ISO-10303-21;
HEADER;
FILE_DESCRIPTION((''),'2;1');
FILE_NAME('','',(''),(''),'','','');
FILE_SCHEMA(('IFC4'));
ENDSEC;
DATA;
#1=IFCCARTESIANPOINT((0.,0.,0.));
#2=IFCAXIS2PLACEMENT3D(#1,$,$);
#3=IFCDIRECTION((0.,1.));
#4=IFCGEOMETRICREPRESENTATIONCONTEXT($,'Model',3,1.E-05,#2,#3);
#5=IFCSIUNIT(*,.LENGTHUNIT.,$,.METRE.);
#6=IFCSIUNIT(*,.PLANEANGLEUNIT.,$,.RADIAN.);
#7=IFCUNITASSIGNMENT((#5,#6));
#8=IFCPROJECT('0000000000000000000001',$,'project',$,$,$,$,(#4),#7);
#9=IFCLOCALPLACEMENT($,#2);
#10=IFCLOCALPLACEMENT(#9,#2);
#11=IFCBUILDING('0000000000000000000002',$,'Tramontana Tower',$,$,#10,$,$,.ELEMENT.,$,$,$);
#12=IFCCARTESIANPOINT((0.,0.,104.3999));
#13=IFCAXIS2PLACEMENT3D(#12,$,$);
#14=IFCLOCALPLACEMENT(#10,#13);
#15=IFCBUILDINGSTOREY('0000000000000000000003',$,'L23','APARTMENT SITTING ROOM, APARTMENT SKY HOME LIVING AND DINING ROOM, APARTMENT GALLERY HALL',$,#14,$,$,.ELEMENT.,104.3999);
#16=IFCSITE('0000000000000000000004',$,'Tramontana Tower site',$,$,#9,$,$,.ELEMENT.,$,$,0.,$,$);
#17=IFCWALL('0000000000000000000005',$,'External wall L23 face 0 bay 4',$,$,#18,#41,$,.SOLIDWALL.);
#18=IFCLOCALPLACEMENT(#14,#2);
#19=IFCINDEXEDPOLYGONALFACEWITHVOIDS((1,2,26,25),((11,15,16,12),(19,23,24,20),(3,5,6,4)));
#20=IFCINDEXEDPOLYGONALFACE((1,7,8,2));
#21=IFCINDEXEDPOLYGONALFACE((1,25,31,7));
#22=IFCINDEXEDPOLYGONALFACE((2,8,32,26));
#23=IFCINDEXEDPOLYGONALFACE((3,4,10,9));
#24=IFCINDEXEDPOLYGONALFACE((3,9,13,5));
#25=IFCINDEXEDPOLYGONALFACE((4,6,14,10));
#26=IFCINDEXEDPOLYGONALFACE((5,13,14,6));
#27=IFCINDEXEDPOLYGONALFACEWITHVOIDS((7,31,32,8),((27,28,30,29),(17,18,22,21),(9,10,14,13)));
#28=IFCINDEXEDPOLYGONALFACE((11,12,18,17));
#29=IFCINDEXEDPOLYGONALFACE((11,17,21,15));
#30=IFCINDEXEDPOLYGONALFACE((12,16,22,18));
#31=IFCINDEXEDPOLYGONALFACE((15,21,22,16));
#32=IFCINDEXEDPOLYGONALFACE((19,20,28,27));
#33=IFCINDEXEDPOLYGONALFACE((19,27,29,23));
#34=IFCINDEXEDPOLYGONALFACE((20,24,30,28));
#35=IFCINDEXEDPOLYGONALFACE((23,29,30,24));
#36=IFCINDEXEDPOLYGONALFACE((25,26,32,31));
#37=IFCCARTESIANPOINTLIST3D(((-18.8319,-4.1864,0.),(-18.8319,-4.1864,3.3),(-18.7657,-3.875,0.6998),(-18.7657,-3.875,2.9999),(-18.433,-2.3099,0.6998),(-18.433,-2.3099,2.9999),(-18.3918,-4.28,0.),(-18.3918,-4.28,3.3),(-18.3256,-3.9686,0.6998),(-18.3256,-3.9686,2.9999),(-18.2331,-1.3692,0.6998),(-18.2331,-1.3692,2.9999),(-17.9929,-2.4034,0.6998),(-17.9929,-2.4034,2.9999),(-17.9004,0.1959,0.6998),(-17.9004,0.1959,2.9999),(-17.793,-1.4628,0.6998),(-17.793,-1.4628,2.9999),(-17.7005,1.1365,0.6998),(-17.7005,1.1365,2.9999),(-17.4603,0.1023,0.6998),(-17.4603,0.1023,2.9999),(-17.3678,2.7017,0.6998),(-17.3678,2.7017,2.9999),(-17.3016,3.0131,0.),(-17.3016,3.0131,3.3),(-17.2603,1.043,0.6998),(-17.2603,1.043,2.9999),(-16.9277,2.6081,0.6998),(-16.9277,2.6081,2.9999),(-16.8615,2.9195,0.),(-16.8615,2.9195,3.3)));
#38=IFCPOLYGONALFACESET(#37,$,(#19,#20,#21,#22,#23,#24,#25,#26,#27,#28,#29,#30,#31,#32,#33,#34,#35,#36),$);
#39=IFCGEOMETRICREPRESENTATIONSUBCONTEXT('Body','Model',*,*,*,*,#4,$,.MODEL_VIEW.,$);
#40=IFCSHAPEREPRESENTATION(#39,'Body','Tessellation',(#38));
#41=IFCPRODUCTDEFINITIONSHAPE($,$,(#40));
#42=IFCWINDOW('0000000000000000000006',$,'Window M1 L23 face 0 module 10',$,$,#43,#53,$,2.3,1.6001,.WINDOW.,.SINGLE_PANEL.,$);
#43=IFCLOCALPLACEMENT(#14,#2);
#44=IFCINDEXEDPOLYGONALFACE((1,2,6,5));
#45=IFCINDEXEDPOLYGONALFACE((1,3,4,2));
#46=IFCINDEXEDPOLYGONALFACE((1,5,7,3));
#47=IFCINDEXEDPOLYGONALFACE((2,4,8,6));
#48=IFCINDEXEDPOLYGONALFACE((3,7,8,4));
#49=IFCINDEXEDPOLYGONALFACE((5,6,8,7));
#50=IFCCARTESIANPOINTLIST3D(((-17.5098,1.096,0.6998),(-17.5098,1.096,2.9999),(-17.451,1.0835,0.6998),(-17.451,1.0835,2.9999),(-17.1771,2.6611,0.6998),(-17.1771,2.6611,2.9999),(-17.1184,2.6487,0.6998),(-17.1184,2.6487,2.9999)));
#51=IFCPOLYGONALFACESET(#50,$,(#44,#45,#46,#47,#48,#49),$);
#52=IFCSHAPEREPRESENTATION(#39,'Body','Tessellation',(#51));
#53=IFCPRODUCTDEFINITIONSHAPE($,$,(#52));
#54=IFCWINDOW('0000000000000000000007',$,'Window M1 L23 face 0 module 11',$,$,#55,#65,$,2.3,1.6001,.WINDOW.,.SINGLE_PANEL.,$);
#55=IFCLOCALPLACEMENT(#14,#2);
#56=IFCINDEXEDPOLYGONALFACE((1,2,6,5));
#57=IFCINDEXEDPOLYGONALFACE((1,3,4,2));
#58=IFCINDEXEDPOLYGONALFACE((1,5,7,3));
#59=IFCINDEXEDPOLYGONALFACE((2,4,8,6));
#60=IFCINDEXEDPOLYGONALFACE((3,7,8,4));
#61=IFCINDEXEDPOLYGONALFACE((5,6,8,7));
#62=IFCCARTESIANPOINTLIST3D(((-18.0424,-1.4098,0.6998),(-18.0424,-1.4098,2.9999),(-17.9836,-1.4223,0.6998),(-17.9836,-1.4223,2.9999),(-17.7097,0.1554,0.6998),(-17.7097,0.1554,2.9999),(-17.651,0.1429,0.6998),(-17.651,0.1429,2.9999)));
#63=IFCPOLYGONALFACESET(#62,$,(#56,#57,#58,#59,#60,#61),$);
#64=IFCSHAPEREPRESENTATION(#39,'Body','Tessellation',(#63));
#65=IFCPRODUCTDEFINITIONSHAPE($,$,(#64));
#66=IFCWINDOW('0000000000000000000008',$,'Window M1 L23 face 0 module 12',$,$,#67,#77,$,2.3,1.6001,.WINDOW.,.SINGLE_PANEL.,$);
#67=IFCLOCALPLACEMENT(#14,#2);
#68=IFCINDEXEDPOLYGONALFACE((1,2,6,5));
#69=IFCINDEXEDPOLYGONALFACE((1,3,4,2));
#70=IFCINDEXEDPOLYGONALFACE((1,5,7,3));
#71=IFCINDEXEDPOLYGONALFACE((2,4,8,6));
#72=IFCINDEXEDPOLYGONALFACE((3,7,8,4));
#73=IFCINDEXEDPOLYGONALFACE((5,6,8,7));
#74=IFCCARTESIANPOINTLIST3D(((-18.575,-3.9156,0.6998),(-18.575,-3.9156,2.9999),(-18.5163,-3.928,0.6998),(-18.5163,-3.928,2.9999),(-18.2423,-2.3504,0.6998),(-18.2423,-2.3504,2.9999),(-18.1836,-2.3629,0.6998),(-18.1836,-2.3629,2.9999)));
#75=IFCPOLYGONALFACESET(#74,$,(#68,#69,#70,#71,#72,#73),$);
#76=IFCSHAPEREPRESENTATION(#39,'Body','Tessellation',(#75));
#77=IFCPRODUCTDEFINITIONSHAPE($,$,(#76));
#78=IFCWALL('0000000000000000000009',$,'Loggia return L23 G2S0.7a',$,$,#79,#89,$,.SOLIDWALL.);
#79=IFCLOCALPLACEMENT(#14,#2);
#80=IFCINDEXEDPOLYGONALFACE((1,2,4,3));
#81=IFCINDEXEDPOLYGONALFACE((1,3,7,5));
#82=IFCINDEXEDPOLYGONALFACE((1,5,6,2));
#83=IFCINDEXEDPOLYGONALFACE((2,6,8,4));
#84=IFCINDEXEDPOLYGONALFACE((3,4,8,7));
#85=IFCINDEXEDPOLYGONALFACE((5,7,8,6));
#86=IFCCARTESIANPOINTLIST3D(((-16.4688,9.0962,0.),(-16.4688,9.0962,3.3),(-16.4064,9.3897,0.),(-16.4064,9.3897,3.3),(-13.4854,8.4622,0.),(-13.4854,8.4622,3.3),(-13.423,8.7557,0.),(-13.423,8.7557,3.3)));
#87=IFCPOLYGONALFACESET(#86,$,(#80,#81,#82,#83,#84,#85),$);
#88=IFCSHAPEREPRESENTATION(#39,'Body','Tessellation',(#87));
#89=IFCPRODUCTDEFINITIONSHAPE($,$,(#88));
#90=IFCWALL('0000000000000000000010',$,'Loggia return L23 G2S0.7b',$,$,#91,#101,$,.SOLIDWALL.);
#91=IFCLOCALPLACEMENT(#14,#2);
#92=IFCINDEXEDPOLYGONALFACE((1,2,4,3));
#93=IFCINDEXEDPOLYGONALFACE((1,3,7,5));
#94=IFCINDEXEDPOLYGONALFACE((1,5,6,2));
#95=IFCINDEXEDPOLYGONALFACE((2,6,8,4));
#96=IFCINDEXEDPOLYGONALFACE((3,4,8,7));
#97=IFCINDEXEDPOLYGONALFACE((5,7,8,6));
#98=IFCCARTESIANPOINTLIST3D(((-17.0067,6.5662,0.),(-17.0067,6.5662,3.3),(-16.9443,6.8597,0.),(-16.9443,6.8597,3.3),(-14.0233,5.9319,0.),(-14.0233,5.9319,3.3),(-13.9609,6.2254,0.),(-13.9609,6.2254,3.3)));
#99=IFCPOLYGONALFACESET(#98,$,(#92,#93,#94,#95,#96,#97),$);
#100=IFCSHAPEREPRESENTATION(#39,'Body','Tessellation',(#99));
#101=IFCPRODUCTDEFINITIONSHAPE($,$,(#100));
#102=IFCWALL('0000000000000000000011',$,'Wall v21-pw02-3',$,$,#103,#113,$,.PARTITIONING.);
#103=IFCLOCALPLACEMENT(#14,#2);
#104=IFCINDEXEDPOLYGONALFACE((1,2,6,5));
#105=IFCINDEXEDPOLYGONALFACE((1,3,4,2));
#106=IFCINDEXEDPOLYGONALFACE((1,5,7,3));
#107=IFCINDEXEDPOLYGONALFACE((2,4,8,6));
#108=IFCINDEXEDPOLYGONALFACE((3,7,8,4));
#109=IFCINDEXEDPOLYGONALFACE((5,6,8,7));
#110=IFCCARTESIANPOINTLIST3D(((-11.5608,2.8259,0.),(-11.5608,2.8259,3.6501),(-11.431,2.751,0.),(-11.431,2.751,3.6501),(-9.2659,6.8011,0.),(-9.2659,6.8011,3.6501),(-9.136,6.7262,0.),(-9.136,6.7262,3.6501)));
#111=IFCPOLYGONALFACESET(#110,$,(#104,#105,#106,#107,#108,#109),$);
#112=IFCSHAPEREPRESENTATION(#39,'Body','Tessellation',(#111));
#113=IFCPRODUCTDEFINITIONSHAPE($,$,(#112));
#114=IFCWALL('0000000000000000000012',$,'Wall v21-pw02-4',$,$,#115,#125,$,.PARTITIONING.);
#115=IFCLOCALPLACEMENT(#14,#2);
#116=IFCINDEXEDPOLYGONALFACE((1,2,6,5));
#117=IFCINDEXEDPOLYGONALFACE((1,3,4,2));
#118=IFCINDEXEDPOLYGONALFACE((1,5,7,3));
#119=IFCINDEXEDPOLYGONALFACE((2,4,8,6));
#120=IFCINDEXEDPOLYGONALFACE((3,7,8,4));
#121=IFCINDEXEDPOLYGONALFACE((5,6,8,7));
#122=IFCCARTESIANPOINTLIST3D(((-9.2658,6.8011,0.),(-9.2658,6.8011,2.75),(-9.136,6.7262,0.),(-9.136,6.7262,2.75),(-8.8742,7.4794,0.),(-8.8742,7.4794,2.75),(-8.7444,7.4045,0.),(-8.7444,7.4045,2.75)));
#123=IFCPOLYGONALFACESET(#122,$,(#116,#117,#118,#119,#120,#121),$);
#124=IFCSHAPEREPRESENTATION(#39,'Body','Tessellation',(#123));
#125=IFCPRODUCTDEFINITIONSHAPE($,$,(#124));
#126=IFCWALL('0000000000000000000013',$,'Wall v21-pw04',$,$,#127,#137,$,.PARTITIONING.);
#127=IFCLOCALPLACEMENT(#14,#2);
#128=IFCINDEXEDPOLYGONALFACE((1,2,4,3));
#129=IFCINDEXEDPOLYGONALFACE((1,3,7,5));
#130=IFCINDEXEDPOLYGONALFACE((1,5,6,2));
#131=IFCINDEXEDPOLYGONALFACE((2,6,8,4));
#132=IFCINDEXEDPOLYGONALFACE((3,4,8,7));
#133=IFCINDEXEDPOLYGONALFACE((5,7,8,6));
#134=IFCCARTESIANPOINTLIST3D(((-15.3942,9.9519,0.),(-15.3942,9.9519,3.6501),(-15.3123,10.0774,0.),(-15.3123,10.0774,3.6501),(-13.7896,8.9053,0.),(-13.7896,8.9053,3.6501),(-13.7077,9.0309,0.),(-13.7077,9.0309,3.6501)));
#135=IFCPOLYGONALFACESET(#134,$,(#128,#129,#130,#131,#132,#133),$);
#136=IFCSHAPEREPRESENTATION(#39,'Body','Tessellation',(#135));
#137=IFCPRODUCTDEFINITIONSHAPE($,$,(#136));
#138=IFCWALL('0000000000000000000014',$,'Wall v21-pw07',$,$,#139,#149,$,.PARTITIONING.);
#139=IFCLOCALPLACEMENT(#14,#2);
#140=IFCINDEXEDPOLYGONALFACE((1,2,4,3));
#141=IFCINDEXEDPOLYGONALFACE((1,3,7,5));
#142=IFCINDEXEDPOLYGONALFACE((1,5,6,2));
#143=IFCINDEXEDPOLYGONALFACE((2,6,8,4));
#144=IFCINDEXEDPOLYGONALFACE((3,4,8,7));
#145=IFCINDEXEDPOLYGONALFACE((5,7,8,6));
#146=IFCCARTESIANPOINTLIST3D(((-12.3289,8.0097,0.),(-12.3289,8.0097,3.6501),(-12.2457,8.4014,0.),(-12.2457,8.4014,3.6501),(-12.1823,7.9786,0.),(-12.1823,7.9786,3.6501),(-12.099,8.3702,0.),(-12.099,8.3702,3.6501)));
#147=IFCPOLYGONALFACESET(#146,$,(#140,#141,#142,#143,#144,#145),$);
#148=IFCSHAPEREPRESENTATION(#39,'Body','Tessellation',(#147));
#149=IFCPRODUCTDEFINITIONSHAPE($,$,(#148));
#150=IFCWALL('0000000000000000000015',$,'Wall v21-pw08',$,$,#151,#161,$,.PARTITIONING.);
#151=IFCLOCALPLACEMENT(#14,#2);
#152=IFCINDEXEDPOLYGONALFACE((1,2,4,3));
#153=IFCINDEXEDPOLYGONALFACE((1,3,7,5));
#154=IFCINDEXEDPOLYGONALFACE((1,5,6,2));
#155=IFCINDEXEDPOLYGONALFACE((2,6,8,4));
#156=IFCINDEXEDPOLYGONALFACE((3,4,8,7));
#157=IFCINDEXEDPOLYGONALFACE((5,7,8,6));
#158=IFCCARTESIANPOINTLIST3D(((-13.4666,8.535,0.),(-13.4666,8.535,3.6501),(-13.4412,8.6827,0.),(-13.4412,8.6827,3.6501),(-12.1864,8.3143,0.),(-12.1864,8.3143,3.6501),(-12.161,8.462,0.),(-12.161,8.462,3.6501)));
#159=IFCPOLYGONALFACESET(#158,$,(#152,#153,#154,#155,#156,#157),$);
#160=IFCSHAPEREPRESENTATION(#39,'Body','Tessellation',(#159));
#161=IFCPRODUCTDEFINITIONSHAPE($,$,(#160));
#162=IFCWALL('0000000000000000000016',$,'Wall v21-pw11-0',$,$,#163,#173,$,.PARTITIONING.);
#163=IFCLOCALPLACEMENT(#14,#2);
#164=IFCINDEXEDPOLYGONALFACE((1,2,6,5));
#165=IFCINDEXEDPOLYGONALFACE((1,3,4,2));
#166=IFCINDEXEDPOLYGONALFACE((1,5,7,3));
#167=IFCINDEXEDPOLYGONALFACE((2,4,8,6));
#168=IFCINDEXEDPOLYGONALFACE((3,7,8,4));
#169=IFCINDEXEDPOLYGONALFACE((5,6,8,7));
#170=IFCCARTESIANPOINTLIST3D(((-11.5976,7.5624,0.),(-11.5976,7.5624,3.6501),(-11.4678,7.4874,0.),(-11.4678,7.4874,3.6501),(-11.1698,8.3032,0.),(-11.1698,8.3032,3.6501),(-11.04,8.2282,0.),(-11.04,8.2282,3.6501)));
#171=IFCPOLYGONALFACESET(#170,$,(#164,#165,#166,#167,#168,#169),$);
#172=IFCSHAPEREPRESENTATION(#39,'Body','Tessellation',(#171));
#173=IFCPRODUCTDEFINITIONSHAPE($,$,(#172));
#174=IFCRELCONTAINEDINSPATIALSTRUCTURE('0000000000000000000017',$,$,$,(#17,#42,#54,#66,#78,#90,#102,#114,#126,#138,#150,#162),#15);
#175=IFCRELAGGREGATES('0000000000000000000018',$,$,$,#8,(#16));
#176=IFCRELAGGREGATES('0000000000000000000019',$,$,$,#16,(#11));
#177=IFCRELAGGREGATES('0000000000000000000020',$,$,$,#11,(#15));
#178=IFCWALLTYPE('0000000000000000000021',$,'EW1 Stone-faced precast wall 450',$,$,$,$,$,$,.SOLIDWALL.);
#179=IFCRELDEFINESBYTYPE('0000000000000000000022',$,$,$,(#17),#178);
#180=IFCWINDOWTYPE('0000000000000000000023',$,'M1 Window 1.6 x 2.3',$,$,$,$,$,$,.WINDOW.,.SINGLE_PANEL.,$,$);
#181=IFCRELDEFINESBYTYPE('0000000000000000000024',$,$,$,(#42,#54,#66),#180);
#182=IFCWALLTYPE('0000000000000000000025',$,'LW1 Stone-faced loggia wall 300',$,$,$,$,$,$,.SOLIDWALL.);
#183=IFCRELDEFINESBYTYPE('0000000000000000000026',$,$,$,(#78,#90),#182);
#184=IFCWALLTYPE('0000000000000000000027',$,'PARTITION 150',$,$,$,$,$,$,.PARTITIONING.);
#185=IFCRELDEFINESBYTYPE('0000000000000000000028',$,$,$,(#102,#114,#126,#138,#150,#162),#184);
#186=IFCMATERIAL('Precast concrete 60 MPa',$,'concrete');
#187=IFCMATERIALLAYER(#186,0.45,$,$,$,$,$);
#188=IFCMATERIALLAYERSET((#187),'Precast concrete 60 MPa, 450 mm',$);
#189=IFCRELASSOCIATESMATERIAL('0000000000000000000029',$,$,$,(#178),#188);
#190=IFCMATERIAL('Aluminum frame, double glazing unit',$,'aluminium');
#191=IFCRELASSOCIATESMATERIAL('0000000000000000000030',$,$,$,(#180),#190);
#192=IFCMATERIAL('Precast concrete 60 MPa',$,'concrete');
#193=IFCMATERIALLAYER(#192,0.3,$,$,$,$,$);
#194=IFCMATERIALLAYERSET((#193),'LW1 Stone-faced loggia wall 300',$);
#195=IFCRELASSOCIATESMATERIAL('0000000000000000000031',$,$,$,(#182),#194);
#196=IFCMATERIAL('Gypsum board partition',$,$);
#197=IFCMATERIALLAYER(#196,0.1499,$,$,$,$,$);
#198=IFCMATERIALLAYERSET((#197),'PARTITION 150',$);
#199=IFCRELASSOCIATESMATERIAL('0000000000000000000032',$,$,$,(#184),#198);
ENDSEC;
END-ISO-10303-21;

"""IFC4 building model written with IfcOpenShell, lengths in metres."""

from ifc_helpers import new_model, si_unit, direction, frame, frame_2d, origin, place, context, subcontext, project, spatial, rectangle, extrude, material, layer, layer_set, type_object, element, fill, save


model = new_model("IFC4")

# Units and contexts
model_context = context("Model", 3, precision=1e-05, world=origin(), true_north=direction((0.0, 1.0)))
body_context = subcontext(model_context, "Body", "Model", "MODEL_VIEW")
ifc_project = project(units=[si_unit("LENGTHUNIT", "METRE"), si_unit("PLANEANGLEUNIT", "RADIAN")], contexts=[model_context])

# Site, building, storey
site_placement = place(None, origin())
site = spatial("IfcSite", under=ifc_project, at=site_placement, Name="Tramontana Tower site", CompositionType="ELEMENT", RefElevation=0.0)
building_placement = place(site_placement, origin())
building = spatial("IfcBuilding", under=site, at=building_placement, Name="Tramontana Tower", CompositionType="ELEMENT")
storey_placement = place(building_placement, frame((0.0, 0.0, 104.3999)))
storey = spatial("IfcBuildingStorey", under=building, at=storey_placement, Name="L23", Description="APARTMENT SITTING ROOM, APARTMENT SKY HOME LIVING AND DINING ROOM, APARTMENT GALLERY HALL", CompositionType="ELEMENT", Elevation=104.3999)

# Shared definitions
ifc_material_1 = material(Name="Precast concrete 60 MPa", Category="concrete")
ifc_layer_1 = layer(ifc_material_1, 0.45)
ifc_layer_set_1 = layer_set([ifc_layer_1], Name="Precast concrete 60 MPa, 450 mm")
wall_type_1 = type_object("IfcWallType", Name="EW1 Stone-faced precast wall 450", PredefinedType="SOLIDWALL", material=ifc_layer_set_1)
ifc_material_2 = material(Name="Aluminum frame, double glazing unit", Category="aluminium")
window_type = type_object("IfcWindowType", Name="M1 Window 1.6 x 2.3", PartitioningType="SINGLE_PANEL", PredefinedType="WINDOW", material=ifc_material_2)

# Wall, openings, windows
wall_1_placement = place(storey_placement, frame((-17.0815, 2.9663, 0.0), z_axis=(0.0, 0.0, 1.0), x_axis=(-0.207909, -0.978148, 0.0)))
wall_1 = element("IfcWall", 1, at=wall_1_placement, inside=storey, type_object=wall_type_1, Name="External wall L23 face 0 bay 4", PredefinedType="SOLIDWALL", context=body_context, shape_type="SweptSolid", body=[
    extrude(rectangle(XDim=7.3604, YDim=0.45, at=frame_2d((3.6802, 0.0))), origin(), (0.0, 0.0, 1.0), 3.3),
])
opening_1_placement = place(wall_1_placement, frame((0.3184, 0.0, 0.7)))
opening_1 = element("IfcOpeningElement", 2, at=opening_1_placement, cuts=wall_1, PredefinedType="OPENING", context=body_context, shape_type="SweptSolid", body=[
    extrude(rectangle(XDim=1.6001, YDim=2.3, at=frame_2d((0.8, 1.1499))), frame((0.0, 0.2349, 0.0), z_axis=(0.0, -1.0, 0.0), x_axis=(1.0, 0.0, 0.0)), (0.0, 0.0, 1.0), 0.47),
])
opening_2_placement = place(wall_1_placement, frame((2.8801, 0.0, 0.7)))
opening_2 = element("IfcOpeningElement", 3, at=opening_2_placement, cuts=wall_1, PredefinedType="OPENING", context=body_context, shape_type="SweptSolid", body=[
    extrude(rectangle(XDim=1.6001, YDim=2.3, at=frame_2d((0.8, 1.1499))), frame((0.0, 0.2349, 0.0), z_axis=(0.0, -1.0, 0.0), x_axis=(1.0, 0.0, 0.0)), (0.0, 0.0, 1.0), 0.47),
])
opening_3_placement = place(wall_1_placement, frame((5.4419, 0.0, 0.7)))
opening_3 = element("IfcOpeningElement", 4, at=opening_3_placement, cuts=wall_1, PredefinedType="OPENING", context=body_context, shape_type="SweptSolid", body=[
    extrude(rectangle(XDim=1.6001, YDim=2.3, at=frame_2d((0.8, 1.1499))), frame((0.0, 0.2349, 0.0), z_axis=(0.0, -1.0, 0.0), x_axis=(1.0, 0.0, 0.0)), (0.0, 0.0, 1.0), 0.47),
])
window_1_placement = place(opening_1_placement, origin())
window_1 = element("IfcWindow", 5, at=window_1_placement, inside=storey, type_object=window_type, Name="Window M1 L23 face 0 module 10", OverallHeight=2.3, OverallWidth=1.6001, PartitioningType="SINGLE_PANEL", PredefinedType="WINDOW", context=body_context, shape_type="SweptSolid", body=[
    extrude(rectangle(XDim=1.6001, YDim=2.3, at=frame_2d((0.8, 1.1499))), frame((0.0, 0.03, 0.0), z_axis=(0.0, -1.0, 0.0), x_axis=(1.0, 0.0, 0.0)), (0.0, 0.0, 1.0), 0.0601),
])
fill(opening_1, window_1)
window_2_placement = place(opening_2_placement, origin())
window_2 = element("IfcWindow", 6, at=window_2_placement, inside=storey, type_object=window_type, Name="Window M1 L23 face 0 module 11", OverallHeight=2.3, OverallWidth=1.6001, PartitioningType="SINGLE_PANEL", PredefinedType="WINDOW", context=body_context, shape_type="SweptSolid", body=[
    extrude(rectangle(XDim=1.6001, YDim=2.3, at=frame_2d((0.8, 1.1499))), frame((0.0, 0.03, 0.0), z_axis=(0.0, -1.0, 0.0), x_axis=(1.0, 0.0, 0.0)), (0.0, 0.0, 1.0), 0.0601),
])
fill(opening_2, window_2)
window_3_placement = place(opening_3_placement, origin())
window_3 = element("IfcWindow", 7, at=window_3_placement, inside=storey, type_object=window_type, Name="Window M1 L23 face 0 module 12", OverallHeight=2.3, OverallWidth=1.6001, PartitioningType="SINGLE_PANEL", PredefinedType="WINDOW", context=body_context, shape_type="SweptSolid", body=[
    extrude(rectangle(XDim=1.6001, YDim=2.3, at=frame_2d((0.8, 1.1499))), frame((0.0, 0.03, 0.0), z_axis=(0.0, -1.0, 0.0), x_axis=(1.0, 0.0, 0.0)), (0.0, 0.0, 1.0), 0.0601),
])
fill(opening_3, window_3)

# Shared definitions
ifc_material_3 = material(Name="Precast concrete 60 MPa", Category="concrete")
ifc_layer_2 = layer(ifc_material_3, 0.3)
ifc_layer_set_2 = layer_set([ifc_layer_2], Name="LW1 Stone-faced loggia wall 300")
wall_type_2 = type_object("IfcWallType", Name="LW1 Stone-faced loggia wall 300", PredefinedType="SOLIDWALL", material=ifc_layer_set_2)

# Walls
for number, where, z_axis, x_axis, name in (
    (8, (-16.4375, 9.2429, 0.0), (0.0, 0.0, 1.0), (0.978155, -0.207878, 0.0), "Loggia return L23 G2S0.7a"),
    (9, (-16.9753, 6.7129, 0.0), (0.0, 0.0, 1.0), (0.978139, -0.207954, 0.0), "Loggia return L23 G2S0.7b"),
):
    element("IfcWall", number, at=place(storey_placement, frame(where, z_axis=z_axis, x_axis=x_axis)), inside=storey, type_object=wall_type_2, Name=name, PredefinedType="SOLIDWALL", context=body_context, shape_type="SweptSolid", body=[
        extrude(rectangle(XDim=3.05, YDim=0.3, at=frame_2d((1.5249, 0.0))), origin(), (0.0, 0.0, 1.0), 3.3),
    ])

# Shared definitions
ifc_material_4 = material(Name="Gypsum board partition")
ifc_layer_3 = layer(ifc_material_4, 0.1499)
ifc_layer_set_3 = layer_set([ifc_layer_3], Name="PARTITION 150")
wall_type_3 = type_object("IfcWallType", Name="PARTITION 150", PredefinedType="PARTITIONING", material=ifc_layer_set_3)

# Walls
wall_2_placement = place(storey_placement, frame((-11.4958, 2.7886, 0.0), z_axis=(0.0, 0.0, 1.0), x_axis=(0.499983, 0.866035, 0.0)))
element("IfcWall", 10, at=wall_2_placement, inside=storey, type_object=wall_type_3, Name="Wall v21-pw02-3", PredefinedType="PARTITIONING", context=body_context, shape_type="SweptSolid", body=[
    extrude(rectangle(XDim=4.5901, YDim=0.1499, at=frame_2d((2.2949, 0.0))), origin(), (0.0, 0.0, 1.0), 3.6501),
])
wall_3_placement = place(storey_placement, frame((-9.2009, 6.7637, 0.0), z_axis=(0.0, 0.0, 1.0), x_axis=(0.500028, 0.866009, 0.0)))
element("IfcWall", 11, at=wall_3_placement, inside=storey, type_object=wall_type_3, Name="Wall v21-pw02-4", PredefinedType="PARTITIONING", context=body_context, shape_type="SweptSolid", body=[
    extrude(rectangle(XDim=0.7832, YDim=0.1499, at=frame_2d((0.3916, 0.0))), origin(), (0.0, 0.0, 1.0), 2.75),
])

# Walls
wall_4_placement = place(storey_placement, frame((-13.7485, 8.968, 0.0), z_axis=(0.0, 0.0, 1.0), x_axis=(-0.837595, 0.546291, 0.0)))
element("IfcWall", 12, at=wall_4_placement, inside=storey, type_object=wall_type_3, Name="Wall v21-pw04", PredefinedType="PARTITIONING", context=body_context, shape_type="SweptSolid", body=[
    extrude(rectangle(XDim=1.9158, YDim=0.1499, at=frame_2d((0.958, 0.0))), origin(), (0.0, 0.0, 1.0), 3.6501),
])
wall_5_placement = place(storey_placement, frame((-12.2556, 7.9941, 0.0), z_axis=(0.0, 0.0, 1.0), x_axis=(0.207946, 0.97814, 0.0)))
element("IfcWall", 13, at=wall_5_placement, inside=storey, type_object=wall_type_3, Name="Wall v21-pw07", PredefinedType="PARTITIONING", context=body_context, shape_type="SweptSolid", body=[
    extrude(rectangle(XDim=0.4004, YDim=0.1499, at=frame_2d((0.2002, 0.0))), origin(), (0.0, 0.0, 1.0), 3.6501),
])
wall_6_placement = place(storey_placement, frame((-12.1738, 8.3882, 0.0), z_axis=(0.0, 0.0, 1.0), x_axis=(-0.985464, 0.169882, 0.0)))
element("IfcWall", 14, at=wall_6_placement, inside=storey, type_object=wall_type_3, Name="Wall v21-pw08", PredefinedType="PARTITIONING", context=body_context, shape_type="SweptSolid", body=[
    extrude(rectangle(XDim=1.2991, YDim=0.1499, at=frame_2d((0.6494, 0.0))), origin(), (0.0, 0.0, 1.0), 3.6501),
])
wall_7_placement = place(storey_placement, frame((-11.5327, 7.5249, 0.0), z_axis=(0.0, 0.0, 1.0), x_axis=(0.500068, 0.865986, 0.0)))
element("IfcWall", 15, at=wall_7_placement, inside=storey, type_object=wall_type_3, Name="Wall v21-pw11-0", PredefinedType="PARTITIONING", context=body_context, shape_type="SweptSolid", body=[
    extrude(rectangle(XDim=0.8555, YDim=0.1499, at=frame_2d((0.4277, 0.0))), origin(), (0.0, 0.0, 1.0), 3.6501),
])

save(model, "model.ifc")
